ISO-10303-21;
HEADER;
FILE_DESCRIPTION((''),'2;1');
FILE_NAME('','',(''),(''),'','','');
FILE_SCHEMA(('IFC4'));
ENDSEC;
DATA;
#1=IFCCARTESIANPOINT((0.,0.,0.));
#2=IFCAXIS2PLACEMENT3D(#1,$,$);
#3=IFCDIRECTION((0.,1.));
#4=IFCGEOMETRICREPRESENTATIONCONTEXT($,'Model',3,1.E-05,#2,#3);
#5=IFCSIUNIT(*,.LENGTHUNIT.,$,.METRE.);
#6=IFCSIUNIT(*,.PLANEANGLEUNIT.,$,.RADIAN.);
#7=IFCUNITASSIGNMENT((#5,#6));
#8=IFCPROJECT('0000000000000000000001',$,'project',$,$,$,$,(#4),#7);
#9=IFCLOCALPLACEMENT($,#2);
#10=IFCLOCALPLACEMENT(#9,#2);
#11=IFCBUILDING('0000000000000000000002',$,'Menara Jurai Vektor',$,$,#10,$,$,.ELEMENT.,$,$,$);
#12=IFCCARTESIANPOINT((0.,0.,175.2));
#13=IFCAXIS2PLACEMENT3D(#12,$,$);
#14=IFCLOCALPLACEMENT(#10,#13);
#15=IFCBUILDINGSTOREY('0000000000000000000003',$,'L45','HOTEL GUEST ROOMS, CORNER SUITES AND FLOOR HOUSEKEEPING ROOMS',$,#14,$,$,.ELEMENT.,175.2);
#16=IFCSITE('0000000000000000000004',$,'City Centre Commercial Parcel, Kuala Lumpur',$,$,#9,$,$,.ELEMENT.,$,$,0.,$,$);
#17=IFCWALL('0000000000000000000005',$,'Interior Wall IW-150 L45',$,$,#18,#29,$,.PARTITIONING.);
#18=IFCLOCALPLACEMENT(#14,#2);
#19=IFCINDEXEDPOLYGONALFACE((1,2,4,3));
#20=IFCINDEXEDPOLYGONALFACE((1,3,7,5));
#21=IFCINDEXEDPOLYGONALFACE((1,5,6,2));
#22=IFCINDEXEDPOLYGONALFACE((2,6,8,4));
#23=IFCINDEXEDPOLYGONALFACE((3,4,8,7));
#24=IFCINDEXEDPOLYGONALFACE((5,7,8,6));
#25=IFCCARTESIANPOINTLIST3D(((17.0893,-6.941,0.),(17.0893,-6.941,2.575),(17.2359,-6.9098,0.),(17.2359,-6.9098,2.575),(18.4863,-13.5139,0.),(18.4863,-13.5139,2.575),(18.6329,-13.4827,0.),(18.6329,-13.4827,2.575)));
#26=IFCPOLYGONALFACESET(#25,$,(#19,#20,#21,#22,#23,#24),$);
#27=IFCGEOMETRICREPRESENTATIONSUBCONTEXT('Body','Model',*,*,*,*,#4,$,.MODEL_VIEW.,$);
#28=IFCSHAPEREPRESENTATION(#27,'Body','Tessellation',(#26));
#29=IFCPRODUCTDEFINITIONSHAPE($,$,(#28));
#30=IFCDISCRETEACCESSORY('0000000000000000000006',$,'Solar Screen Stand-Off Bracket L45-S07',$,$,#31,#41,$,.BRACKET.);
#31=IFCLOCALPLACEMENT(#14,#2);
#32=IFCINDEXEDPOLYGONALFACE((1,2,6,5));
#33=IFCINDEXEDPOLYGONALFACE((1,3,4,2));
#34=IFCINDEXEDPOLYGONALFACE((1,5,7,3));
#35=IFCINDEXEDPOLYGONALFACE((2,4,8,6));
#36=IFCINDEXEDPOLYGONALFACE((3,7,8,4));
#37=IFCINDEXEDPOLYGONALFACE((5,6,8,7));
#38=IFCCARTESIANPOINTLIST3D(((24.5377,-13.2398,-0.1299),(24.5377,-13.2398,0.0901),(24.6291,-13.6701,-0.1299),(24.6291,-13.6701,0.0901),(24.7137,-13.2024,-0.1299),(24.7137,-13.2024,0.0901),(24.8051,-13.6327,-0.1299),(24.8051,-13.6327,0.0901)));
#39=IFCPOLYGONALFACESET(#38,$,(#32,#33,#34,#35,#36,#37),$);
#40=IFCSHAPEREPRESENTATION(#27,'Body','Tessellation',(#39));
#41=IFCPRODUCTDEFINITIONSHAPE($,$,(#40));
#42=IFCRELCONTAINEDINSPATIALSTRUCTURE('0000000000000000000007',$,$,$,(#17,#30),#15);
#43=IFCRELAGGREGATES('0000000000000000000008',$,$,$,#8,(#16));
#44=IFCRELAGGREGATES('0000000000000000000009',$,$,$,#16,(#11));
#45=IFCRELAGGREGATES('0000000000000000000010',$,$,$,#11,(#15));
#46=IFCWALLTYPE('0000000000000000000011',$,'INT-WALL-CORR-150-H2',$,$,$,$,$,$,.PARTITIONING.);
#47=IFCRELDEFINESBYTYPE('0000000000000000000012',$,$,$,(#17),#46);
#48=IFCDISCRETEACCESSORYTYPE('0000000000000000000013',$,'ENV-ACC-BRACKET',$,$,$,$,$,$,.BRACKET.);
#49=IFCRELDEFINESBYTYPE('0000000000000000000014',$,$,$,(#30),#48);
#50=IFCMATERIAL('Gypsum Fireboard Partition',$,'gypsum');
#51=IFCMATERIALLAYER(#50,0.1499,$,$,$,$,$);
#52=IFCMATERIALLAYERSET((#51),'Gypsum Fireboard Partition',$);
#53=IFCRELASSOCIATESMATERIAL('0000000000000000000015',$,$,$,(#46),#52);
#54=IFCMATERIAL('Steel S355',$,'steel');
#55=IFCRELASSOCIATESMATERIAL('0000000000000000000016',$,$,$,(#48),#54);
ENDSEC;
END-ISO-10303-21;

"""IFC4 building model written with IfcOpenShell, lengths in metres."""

from ifc_helpers import new_model, si_unit, direction, frame, frame_2d, origin, origin_2d, place, context, subcontext, project, spatial, rectangle, extrude, material, layer, layer_set, type_object, element, save


model = new_model("IFC4")

# Units and contexts
model_context = context("Model", 3, precision=1e-05, world=origin(), true_north=direction((0.0, 1.0)))
body_context = subcontext(model_context, "Body", "Model", "MODEL_VIEW")
ifc_project = project(units=[si_unit("LENGTHUNIT", "METRE"), si_unit("PLANEANGLEUNIT", "RADIAN")], contexts=[model_context])

# Site, building, storey
site_placement = place(None, origin())
site = spatial("IfcSite", under=ifc_project, at=site_placement, Name="City Centre Commercial Parcel, Kuala Lumpur", CompositionType="ELEMENT", RefElevation=0.0)
building_placement = place(site_placement, origin())
building = spatial("IfcBuilding", under=site, at=building_placement, Name="Menara Jurai Vektor", CompositionType="ELEMENT")
storey_placement = place(building_placement, frame((0.0, 0.0, 175.2)))
storey = spatial("IfcBuildingStorey", under=building, at=storey_placement, Name="L45", Description="HOTEL GUEST ROOMS, CORNER SUITES AND FLOOR HOUSEKEEPING ROOMS", CompositionType="ELEMENT", Elevation=175.2)

# Shared definitions
ifc_material_1 = material(Name="Steel S355", Category="steel")

# Shared definitions
ifc_material_2 = material(Name="Gypsum Fireboard Partition", Category="gypsum")

# Wall
ifc_layer_1 = layer(ifc_material_2, 0.1499)
ifc_layer_set_1 = layer_set([ifc_layer_1], Name="Gypsum Fireboard Partition")
wall_type_1 = type_object("IfcWallType", Name="INT-WALL-CORR-150-H2", PredefinedType="PARTITIONING", material=ifc_layer_set_1)
wall_1_placement = place(storey_placement, frame((18.5596, -13.4983, 0.0), z_axis=(0.0, 0.0, 1.0), x_axis=(-0.207889, 0.978152, 0.0)))
element("IfcWall", 1, at=wall_1_placement, inside=storey, type_object=wall_type_1, Name="Interior Wall IW-150 L45", PredefinedType="PARTITIONING", context=body_context, shape_type="SweptSolid", body=[
    extrude(rectangle(XDim=6.7197, YDim=0.1499, at=frame_2d((3.3599, 0.0))), origin(), (0.0, 0.0, 1.0), 2.575),
])

# Discrete accessory
discrete_accessory_type = type_object("IfcDiscreteAccessoryType", Name="ENV-ACC-BRACKET", PredefinedType="BRACKET", material=ifc_material_1)
discrete_accessory_placement = place(storey_placement, frame((24.6714, -13.4363, -0.1299), z_axis=(0.0, 0.0, 1.0), x_axis=(0.978148, 0.207912, 0.0)))
element("IfcDiscreteAccessory", 2, at=discrete_accessory_placement, inside=storey, type_object=discrete_accessory_type, Name="Solar Screen Stand-Off Bracket L45-S07", PredefinedType="BRACKET", context=body_context, shape_type="SweptSolid", body=[
    extrude(rectangle(XDim=0.1799, YDim=0.4399, at=origin_2d()), origin(), (0.0, 0.0, 1.0), 0.22),
])

save(model, "model.ifc")
